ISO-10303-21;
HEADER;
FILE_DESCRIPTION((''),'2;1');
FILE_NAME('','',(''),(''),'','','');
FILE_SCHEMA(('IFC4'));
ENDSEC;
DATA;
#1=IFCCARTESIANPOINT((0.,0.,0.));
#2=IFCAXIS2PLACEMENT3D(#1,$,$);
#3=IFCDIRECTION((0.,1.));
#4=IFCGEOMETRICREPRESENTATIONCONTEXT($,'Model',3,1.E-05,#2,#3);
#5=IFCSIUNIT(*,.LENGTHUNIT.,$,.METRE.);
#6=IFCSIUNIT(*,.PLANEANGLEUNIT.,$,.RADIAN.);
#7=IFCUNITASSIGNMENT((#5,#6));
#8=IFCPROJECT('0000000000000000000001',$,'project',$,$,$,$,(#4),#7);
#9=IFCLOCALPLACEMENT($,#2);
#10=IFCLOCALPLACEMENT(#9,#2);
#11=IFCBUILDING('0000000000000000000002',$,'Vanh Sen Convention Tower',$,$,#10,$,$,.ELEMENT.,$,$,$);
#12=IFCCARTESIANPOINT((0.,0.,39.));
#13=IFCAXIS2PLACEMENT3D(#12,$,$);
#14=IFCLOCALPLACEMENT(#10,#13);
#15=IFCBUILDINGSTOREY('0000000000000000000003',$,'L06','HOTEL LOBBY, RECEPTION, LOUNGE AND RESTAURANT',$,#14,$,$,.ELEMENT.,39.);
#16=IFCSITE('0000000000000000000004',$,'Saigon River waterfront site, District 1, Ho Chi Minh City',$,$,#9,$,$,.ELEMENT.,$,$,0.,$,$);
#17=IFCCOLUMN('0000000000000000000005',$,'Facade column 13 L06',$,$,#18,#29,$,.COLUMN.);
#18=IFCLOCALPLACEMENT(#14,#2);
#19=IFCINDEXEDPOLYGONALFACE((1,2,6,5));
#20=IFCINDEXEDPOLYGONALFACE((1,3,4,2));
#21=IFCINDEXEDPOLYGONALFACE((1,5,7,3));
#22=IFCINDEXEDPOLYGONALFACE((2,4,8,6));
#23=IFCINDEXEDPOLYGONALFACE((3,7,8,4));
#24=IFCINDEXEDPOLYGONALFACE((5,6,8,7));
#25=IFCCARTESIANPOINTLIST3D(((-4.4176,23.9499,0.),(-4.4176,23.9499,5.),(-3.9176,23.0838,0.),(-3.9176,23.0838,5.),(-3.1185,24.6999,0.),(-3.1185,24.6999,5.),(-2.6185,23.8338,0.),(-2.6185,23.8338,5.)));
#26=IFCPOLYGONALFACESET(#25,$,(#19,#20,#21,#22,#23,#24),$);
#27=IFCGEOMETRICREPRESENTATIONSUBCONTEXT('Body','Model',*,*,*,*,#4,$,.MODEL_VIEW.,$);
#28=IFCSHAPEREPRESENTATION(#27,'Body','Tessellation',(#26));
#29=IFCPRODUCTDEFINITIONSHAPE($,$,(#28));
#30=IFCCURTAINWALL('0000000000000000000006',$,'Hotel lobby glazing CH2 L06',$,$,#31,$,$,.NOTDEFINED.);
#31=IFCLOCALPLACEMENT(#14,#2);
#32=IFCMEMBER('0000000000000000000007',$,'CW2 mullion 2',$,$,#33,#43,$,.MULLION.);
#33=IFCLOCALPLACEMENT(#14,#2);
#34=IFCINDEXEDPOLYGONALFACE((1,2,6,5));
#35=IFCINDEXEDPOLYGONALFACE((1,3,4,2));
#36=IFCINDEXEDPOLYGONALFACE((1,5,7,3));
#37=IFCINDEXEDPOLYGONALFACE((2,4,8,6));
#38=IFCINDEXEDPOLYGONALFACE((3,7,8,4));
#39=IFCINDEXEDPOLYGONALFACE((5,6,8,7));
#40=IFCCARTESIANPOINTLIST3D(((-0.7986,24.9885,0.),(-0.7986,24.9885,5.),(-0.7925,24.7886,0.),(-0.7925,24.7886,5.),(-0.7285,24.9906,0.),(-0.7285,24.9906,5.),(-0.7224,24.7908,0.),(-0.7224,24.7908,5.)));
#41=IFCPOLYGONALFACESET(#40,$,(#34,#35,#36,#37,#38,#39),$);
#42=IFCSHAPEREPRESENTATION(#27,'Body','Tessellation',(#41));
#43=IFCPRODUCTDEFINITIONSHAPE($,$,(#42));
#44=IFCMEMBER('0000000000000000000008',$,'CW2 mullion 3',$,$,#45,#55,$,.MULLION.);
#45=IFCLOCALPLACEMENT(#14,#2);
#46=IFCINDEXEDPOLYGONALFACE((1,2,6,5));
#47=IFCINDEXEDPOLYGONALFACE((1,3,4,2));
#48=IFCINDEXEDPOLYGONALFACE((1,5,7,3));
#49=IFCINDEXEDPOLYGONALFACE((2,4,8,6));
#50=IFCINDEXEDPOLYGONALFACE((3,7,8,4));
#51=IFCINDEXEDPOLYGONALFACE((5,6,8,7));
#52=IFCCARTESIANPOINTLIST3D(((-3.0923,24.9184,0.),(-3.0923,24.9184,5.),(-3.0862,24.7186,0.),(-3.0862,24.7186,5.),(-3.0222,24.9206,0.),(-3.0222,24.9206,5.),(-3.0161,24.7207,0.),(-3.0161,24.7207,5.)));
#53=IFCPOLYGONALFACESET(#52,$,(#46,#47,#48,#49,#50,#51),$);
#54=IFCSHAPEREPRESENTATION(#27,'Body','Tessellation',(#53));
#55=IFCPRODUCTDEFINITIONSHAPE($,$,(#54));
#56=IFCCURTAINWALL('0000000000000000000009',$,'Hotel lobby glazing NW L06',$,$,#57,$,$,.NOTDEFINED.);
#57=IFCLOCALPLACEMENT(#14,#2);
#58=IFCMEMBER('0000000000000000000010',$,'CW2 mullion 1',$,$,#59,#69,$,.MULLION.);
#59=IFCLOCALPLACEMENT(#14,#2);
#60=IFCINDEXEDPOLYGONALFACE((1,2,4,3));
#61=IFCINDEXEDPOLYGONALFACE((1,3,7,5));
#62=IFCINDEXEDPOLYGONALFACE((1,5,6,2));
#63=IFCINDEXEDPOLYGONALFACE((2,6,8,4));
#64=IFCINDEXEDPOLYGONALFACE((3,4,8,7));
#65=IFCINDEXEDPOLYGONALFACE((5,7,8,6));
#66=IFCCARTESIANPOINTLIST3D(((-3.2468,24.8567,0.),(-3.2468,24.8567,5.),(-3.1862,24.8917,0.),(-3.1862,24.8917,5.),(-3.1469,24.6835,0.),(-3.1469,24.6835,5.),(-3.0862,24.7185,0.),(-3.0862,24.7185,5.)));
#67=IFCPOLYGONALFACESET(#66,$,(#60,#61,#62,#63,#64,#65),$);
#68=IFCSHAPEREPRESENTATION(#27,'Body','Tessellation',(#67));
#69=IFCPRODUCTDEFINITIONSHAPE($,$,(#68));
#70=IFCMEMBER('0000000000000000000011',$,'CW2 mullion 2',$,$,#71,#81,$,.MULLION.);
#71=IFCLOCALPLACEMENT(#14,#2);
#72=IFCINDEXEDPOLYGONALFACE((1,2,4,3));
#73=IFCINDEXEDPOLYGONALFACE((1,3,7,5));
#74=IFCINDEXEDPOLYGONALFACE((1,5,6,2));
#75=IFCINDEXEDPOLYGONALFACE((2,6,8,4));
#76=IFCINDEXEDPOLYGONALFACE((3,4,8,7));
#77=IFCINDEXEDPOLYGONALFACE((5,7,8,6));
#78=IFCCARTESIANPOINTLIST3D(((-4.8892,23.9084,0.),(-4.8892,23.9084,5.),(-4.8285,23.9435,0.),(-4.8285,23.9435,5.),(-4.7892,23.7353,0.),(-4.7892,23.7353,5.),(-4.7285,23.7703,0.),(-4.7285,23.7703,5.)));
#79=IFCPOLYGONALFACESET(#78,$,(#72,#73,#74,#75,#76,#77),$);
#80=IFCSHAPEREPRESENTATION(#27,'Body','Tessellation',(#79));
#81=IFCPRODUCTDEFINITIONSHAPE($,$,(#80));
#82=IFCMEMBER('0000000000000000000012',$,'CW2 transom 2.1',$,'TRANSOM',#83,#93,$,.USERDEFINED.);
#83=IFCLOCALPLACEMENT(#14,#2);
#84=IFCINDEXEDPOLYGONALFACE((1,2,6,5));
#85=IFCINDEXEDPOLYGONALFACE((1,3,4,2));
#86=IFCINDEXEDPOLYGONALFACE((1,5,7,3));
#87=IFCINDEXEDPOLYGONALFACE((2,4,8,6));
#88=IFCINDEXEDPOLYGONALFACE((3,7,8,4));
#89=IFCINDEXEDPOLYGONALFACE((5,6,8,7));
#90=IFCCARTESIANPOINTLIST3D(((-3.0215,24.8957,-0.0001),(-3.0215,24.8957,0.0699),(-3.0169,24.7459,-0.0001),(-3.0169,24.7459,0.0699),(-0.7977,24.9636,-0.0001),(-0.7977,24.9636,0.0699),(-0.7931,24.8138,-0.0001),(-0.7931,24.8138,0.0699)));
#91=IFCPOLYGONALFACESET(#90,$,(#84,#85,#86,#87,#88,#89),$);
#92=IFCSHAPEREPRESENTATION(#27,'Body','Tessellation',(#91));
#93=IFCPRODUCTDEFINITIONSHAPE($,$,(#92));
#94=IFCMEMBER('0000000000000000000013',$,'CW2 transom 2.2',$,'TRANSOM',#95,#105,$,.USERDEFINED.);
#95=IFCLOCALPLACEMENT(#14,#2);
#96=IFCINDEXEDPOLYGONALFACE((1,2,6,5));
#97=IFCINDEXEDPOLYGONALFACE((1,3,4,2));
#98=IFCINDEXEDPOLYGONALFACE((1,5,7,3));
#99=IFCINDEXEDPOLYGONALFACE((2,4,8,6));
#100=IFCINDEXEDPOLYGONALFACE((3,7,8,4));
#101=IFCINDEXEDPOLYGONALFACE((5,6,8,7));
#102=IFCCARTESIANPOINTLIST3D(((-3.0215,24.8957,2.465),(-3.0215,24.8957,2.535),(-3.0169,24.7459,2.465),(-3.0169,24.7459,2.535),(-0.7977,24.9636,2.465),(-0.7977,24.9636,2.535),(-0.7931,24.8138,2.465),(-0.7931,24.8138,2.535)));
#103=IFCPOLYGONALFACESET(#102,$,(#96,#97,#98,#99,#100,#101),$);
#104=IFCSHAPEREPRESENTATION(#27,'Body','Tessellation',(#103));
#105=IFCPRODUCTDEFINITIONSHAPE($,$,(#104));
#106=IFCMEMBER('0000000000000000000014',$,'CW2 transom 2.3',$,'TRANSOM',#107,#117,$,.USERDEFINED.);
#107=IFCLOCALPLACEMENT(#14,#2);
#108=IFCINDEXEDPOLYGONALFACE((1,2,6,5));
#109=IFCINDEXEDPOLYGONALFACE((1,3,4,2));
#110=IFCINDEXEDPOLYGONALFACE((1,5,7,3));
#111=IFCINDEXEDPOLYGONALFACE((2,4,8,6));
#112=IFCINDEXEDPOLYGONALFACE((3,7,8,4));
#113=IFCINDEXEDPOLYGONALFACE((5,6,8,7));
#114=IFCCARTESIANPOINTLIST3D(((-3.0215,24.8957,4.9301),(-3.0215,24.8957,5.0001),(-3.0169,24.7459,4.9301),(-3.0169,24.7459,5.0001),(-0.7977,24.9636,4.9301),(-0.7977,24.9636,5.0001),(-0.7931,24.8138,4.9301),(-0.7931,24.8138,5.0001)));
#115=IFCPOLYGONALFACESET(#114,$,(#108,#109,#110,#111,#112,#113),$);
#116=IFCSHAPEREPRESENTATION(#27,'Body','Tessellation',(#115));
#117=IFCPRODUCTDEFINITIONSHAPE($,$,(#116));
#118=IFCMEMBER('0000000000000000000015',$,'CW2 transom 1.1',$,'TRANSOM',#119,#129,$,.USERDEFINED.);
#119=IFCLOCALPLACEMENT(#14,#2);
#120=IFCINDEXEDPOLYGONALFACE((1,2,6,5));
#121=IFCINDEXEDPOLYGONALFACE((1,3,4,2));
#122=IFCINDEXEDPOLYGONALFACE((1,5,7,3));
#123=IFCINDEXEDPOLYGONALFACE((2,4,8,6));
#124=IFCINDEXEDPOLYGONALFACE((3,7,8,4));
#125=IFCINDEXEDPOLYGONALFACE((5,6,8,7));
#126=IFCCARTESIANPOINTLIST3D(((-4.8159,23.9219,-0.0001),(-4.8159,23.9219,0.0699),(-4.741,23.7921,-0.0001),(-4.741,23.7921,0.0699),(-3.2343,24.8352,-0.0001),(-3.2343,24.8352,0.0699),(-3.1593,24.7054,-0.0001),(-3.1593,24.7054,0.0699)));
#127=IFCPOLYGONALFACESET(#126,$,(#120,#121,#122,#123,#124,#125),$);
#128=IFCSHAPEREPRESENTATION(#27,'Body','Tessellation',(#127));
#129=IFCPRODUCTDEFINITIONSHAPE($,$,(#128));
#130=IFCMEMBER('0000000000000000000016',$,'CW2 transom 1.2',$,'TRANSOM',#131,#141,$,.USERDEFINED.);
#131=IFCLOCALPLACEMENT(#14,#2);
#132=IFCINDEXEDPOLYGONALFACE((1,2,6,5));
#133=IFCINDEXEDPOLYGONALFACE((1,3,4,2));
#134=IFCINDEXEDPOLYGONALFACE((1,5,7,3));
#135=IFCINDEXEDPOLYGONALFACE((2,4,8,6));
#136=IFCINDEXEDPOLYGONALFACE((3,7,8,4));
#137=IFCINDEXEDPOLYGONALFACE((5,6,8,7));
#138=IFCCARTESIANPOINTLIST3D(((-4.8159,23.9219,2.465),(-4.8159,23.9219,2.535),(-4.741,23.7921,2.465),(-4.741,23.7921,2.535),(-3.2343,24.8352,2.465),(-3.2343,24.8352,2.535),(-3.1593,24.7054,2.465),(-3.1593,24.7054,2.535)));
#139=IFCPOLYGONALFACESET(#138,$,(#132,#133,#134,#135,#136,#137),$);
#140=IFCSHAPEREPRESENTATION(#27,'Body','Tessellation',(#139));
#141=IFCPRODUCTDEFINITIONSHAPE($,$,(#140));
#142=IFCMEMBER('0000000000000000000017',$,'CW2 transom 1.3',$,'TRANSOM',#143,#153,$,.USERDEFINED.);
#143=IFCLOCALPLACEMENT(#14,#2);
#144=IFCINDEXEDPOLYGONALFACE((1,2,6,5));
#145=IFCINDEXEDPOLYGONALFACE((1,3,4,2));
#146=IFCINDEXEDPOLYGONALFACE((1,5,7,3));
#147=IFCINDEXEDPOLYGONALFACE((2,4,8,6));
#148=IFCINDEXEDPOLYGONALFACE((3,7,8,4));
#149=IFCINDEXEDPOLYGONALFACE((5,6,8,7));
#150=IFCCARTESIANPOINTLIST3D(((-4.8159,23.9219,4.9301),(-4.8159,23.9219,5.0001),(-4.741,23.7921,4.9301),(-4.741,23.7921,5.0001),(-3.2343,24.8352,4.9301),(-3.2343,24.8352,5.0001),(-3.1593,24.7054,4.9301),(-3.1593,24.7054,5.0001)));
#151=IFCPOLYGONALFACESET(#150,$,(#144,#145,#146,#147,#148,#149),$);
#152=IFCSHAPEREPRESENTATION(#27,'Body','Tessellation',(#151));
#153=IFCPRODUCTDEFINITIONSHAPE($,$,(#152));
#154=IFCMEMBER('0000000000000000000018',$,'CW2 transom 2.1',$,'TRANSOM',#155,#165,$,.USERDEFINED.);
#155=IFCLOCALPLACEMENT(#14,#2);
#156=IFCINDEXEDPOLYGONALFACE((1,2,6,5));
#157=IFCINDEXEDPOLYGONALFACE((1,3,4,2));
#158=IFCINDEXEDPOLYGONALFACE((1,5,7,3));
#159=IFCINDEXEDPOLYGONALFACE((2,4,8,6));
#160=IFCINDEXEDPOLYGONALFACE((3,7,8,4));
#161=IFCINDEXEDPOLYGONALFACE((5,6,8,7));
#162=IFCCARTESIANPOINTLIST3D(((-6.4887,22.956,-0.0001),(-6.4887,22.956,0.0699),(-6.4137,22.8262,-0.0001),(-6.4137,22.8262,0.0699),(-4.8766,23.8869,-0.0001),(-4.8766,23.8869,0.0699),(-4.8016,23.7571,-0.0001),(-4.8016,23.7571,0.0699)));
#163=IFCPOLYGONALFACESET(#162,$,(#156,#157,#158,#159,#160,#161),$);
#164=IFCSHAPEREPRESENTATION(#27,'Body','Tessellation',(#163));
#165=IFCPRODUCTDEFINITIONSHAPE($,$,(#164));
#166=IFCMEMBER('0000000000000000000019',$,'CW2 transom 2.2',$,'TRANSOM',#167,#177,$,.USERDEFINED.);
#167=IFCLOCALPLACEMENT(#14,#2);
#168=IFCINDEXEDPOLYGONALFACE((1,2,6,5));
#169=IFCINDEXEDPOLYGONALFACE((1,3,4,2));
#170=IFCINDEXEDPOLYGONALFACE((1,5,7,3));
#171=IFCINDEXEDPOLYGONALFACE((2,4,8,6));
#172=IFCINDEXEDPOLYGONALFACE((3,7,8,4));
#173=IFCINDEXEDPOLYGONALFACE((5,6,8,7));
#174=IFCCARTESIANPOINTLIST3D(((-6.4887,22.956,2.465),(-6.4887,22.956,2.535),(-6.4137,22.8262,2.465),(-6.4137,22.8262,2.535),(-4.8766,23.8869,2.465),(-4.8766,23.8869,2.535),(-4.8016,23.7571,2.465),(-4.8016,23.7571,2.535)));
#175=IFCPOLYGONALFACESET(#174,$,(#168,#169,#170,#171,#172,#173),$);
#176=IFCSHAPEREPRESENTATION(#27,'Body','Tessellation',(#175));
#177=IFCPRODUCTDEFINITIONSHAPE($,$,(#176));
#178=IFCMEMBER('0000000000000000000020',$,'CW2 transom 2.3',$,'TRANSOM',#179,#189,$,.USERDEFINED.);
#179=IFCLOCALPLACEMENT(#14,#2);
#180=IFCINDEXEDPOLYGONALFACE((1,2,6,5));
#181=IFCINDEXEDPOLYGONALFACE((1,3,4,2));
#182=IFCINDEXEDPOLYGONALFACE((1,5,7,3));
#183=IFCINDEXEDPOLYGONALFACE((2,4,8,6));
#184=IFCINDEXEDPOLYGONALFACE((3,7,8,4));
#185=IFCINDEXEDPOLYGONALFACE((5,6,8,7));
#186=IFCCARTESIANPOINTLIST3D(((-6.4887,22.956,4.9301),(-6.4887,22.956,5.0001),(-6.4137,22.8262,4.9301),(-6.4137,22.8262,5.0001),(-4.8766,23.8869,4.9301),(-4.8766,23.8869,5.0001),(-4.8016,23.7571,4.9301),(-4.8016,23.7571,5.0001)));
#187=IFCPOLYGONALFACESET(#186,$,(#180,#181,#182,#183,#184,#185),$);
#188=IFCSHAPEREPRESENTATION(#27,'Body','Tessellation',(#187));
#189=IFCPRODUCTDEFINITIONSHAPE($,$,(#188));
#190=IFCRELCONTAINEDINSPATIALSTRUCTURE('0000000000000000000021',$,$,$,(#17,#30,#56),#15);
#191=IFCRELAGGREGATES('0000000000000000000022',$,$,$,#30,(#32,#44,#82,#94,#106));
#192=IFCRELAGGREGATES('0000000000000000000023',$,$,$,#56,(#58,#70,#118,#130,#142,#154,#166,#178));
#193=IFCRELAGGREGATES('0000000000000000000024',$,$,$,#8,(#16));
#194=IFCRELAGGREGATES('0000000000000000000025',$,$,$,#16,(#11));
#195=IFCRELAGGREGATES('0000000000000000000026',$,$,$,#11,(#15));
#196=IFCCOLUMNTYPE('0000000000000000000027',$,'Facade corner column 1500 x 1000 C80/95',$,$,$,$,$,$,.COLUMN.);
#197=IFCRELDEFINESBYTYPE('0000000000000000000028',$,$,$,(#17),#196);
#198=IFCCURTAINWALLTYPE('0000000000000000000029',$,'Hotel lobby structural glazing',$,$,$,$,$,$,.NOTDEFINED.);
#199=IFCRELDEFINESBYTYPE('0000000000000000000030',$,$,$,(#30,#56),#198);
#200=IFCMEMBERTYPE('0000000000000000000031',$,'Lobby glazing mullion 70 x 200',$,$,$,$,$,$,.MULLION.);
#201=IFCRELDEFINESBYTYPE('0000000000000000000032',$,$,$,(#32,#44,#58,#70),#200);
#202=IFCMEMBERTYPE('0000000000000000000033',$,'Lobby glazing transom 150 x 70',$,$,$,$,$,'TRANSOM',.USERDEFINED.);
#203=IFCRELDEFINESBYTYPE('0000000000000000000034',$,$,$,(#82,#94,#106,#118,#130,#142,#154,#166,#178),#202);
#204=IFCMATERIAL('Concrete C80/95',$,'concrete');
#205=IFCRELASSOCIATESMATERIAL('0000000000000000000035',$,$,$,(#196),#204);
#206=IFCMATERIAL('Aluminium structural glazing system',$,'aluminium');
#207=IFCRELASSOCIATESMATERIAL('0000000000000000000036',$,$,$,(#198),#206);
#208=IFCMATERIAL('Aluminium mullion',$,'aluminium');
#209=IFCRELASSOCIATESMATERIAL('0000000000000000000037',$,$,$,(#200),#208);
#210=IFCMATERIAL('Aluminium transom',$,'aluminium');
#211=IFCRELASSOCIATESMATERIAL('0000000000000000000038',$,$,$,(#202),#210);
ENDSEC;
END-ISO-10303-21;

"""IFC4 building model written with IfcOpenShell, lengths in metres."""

from ifc_helpers import new_model, si_unit, direction, frame, origin, origin_2d, place, context, subcontext, project, spatial, rectangle, extrude, material, material_profile, profile_set, type_object, element, aggregate, save


model = new_model("IFC4")

# Units and contexts
model_context = context("Model", 3, precision=1e-05, world=origin(), true_north=direction((0.0, 1.0)))
body_context = subcontext(model_context, "Body", "Model", "MODEL_VIEW")
ifc_project = project(units=[si_unit("LENGTHUNIT", "METRE"), si_unit("PLANEANGLEUNIT", "RADIAN")], contexts=[model_context])

# Site, building, storey
site_placement = place(None, origin())
site = spatial("IfcSite", under=ifc_project, at=site_placement, Name="Saigon River waterfront site, District 1, Ho Chi Minh City", CompositionType="ELEMENT", RefElevation=0.0)
building_placement = place(site_placement, origin())
building = spatial("IfcBuilding", under=site, at=building_placement, Name="Vanh Sen Convention Tower", CompositionType="ELEMENT")
storey_placement = place(building_placement, frame((0.0, 0.0, 39.0)))
storey = spatial("IfcBuildingStorey", under=building, at=storey_placement, Name="L06", Description="HOTEL LOBBY, RECEPTION, LOUNGE AND RESTAURANT", CompositionType="ELEMENT", Elevation=39.0)

# Column
ifc_material_1 = material(Name="Concrete C80/95", Category="concrete")
ifc_material_profile_1 = material_profile(ifc_material_1, rectangle(XDim=1.5, YDim=1.0, at=origin_2d()), Name="RC 1500X1000")
ifc_profile_set_1 = profile_set([ifc_material_profile_1], Name="Concrete C80/95")
column_type = type_object("IfcColumnType", Name="Facade corner column 1500 x 1000 C80/95", PredefinedType="COLUMN", material=ifc_profile_set_1)
column_placement = place(storey_placement, frame((-3.5181, 23.8918, 0.0), z_axis=(0.0, 0.0, 1.0), x_axis=(-0.866025, -0.5, 0.0)))
element("IfcColumn", 1, at=column_placement, inside=storey, type_object=column_type, Name="Facade column 13 L06", PredefinedType="COLUMN", context=body_context, shape_type="SweptSolid", body=[
    extrude(rectangle(XDim=1.5, YDim=1.0, at=origin_2d()), origin(), (0.0, 0.0, 1.0), 5.0),
])

# Curtain walls, members
ifc_material_2 = material(Name="Aluminium structural glazing system", Category="aluminium")
curtain_wall_type_1 = type_object("IfcCurtainWallType", Name="Hotel lobby structural glazing", PredefinedType="NOTDEFINED", material=ifc_material_2)
curtain_wall_1_placement = place(storey_placement, origin())
curtain_wall_1 = element("IfcCurtainWall", 2, at=curtain_wall_1_placement, inside=storey, type_object=curtain_wall_type_1, Name="Hotel lobby glazing CH2 L06", PredefinedType="NOTDEFINED")
ifc_material_3 = material(Name="Aluminium mullion", Category="aluminium")
ifc_material_profile_2 = material_profile(ifc_material_3, rectangle(XDim=0.2, YDim=0.0701, at=origin_2d()), Name="Lobby glazing mullion 70 x 200")
ifc_profile_set_2 = profile_set([ifc_material_profile_2], Name="Aluminium mullion")
member_type_1 = type_object("IfcMemberType", Name="Lobby glazing mullion 70 x 200", PredefinedType="MULLION", material=ifc_profile_set_2)
member_1_placement = place(storey_placement, frame((-0.7605, 24.8896, 0.0), z_axis=(0.0, 0.0, 1.0), x_axis=(0.030539, -0.999534, 0.0)))
member_1 = element("IfcMember", 3, at=member_1_placement, type_object=member_type_1, Name="CW2 mullion 2", PredefinedType="MULLION", context=body_context, shape_type="SweptSolid", body=[
    extrude(rectangle(XDim=0.2, YDim=0.0701, at=origin_2d()), origin(), (0.0, 0.0, 1.0), 5.0),
])
member_2_placement = place(storey_placement, frame((-3.0542, 24.8196, 0.0), z_axis=(0.0, 0.0, 1.0), x_axis=(0.030539, -0.999534, 0.0)))
member_2 = element("IfcMember", 4, at=member_2_placement, type_object=member_type_1, Name="CW2 mullion 3", PredefinedType="MULLION", context=body_context, shape_type="SweptSolid", body=[
    extrude(rectangle(XDim=0.2, YDim=0.0701, at=origin_2d()), origin(), (0.0, 0.0, 1.0), 5.0),
])
curtain_wall_2_placement = place(storey_placement, origin())
curtain_wall_2 = element("IfcCurtainWall", 5, at=curtain_wall_2_placement, inside=storey, type_object=curtain_wall_type_1, Name="Hotel lobby glazing NW L06", PredefinedType="NOTDEFINED")
member_3_placement = place(storey_placement, frame((-3.1665, 24.7876, 0.0), z_axis=(0.0, 0.0, 1.0), x_axis=(0.500001, -0.866025, 0.0)))
member_3 = element("IfcMember", 6, at=member_3_placement, type_object=member_type_1, Name="CW2 mullion 1", PredefinedType="MULLION", context=body_context, shape_type="SweptSolid", body=[
    extrude(rectangle(XDim=0.2, YDim=0.0701, at=origin_2d()), origin(), (0.0, 0.0, 1.0), 5.0),
])
member_4_placement = place(storey_placement, frame((-4.8088, 23.8394, 0.0), z_axis=(0.0, 0.0, 1.0), x_axis=(0.500001, -0.866025, 0.0)))
member_4 = element("IfcMember", 7, at=member_4_placement, type_object=member_type_1, Name="CW2 mullion 2", PredefinedType="MULLION", context=body_context, shape_type="SweptSolid", body=[
    extrude(rectangle(XDim=0.2, YDim=0.0701, at=origin_2d()), origin(), (0.0, 0.0, 1.0), 5.0),
])

# Members
ifc_material_4 = material(Name="Aluminium transom", Category="aluminium")
ifc_material_profile_3 = material_profile(ifc_material_4, rectangle(XDim=0.1499, YDim=0.0701, at=origin_2d()), Name="Lobby glazing transom 150 x 70")
ifc_profile_set_3 = profile_set([ifc_material_profile_3], Name="Aluminium transom")
member_type_2 = type_object("IfcMemberType", Name="Lobby glazing transom 150 x 70", ElementType="TRANSOM", PredefinedType="USERDEFINED", material=ifc_profile_set_3)
member_5_placement = place(storey_placement, frame((-0.7954, 24.8887, 0.0349), z_axis=(-0.999535, -0.030505, 0.0), x_axis=(0.030505, -0.999535, 0.0)))
member_5 = element("IfcMember", 8, at=member_5_placement, type_object=member_type_2, Name="CW2 transom 2.1", ObjectType="TRANSOM", PredefinedType="USERDEFINED", context=body_context, shape_type="SweptSolid", body=[
    extrude(rectangle(XDim=0.1499, YDim=0.0701, at=origin_2d()), origin(), (0.0, 0.0, 1.0), 2.2249),
])
member_6_placement = place(storey_placement, frame((-0.7954, 24.8887, 2.5), z_axis=(-0.999535, -0.030505, 0.0), x_axis=(0.030505, -0.999535, 0.0)))
member_6 = element("IfcMember", 9, at=member_6_placement, type_object=member_type_2, Name="CW2 transom 2.2", ObjectType="TRANSOM", PredefinedType="USERDEFINED", context=body_context, shape_type="SweptSolid", body=[
    extrude(rectangle(XDim=0.1499, YDim=0.0701, at=origin_2d()), origin(), (0.0, 0.0, 1.0), 2.2249),
])
member_7_placement = place(storey_placement, frame((-0.7954, 24.8887, 4.9651), z_axis=(-0.999535, -0.030505, 0.0), x_axis=(0.030505, -0.999535, 0.0)))
member_7 = element("IfcMember", 10, at=member_7_placement, type_object=member_type_2, Name="CW2 transom 2.3", ObjectType="TRANSOM", PredefinedType="USERDEFINED", context=body_context, shape_type="SweptSolid", body=[
    extrude(rectangle(XDim=0.1499, YDim=0.0701, at=origin_2d()), origin(), (0.0, 0.0, 1.0), 2.2249),
])
member_8_placement = place(storey_placement, frame((-3.1968, 24.7703, 0.0349), z_axis=(-0.866005, -0.500035, 0.0), x_axis=(0.500035, -0.866005, 0.0)))
member_8 = element("IfcMember", 11, at=member_8_placement, type_object=member_type_2, Name="CW2 transom 1.1", ObjectType="TRANSOM", PredefinedType="USERDEFINED", context=body_context, shape_type="SweptSolid", body=[
    extrude(rectangle(XDim=0.1499, YDim=0.0701, at=origin_2d()), origin(), (0.0, 0.0, 1.0), 1.8264),
])
member_9_placement = place(storey_placement, frame((-3.1968, 24.7703, 2.5), z_axis=(-0.866005, -0.500035, 0.0), x_axis=(0.500035, -0.866005, 0.0)))
member_9 = element("IfcMember", 12, at=member_9_placement, type_object=member_type_2, Name="CW2 transom 1.2", ObjectType="TRANSOM", PredefinedType="USERDEFINED", context=body_context, shape_type="SweptSolid", body=[
    extrude(rectangle(XDim=0.1499, YDim=0.0701, at=origin_2d()), origin(), (0.0, 0.0, 1.0), 1.8264),
])
member_10_placement = place(storey_placement, frame((-3.1968, 24.7703, 4.9651), z_axis=(-0.866005, -0.500035, 0.0), x_axis=(0.500035, -0.866005, 0.0)))
member_10 = element("IfcMember", 13, at=member_10_placement, type_object=member_type_2, Name="CW2 transom 1.3", ObjectType="TRANSOM", PredefinedType="USERDEFINED", context=body_context, shape_type="SweptSolid", body=[
    extrude(rectangle(XDim=0.1499, YDim=0.0701, at=origin_2d()), origin(), (0.0, 0.0, 1.0), 1.8264),
])
member_11_placement = place(storey_placement, frame((-4.8391, 23.822, 0.0349), z_axis=(-0.865982, -0.500074, 0.0), x_axis=(0.500074, -0.865982, 0.0)))
member_11 = element("IfcMember", 14, at=member_11_placement, type_object=member_type_2, Name="CW2 transom 2.1", ObjectType="TRANSOM", PredefinedType="USERDEFINED", context=body_context, shape_type="SweptSolid", body=[
    extrude(rectangle(XDim=0.1499, YDim=0.0701, at=origin_2d()), origin(), (0.0, 0.0, 1.0), 1.8616),
])
member_12_placement = place(storey_placement, frame((-4.8391, 23.822, 2.5), z_axis=(-0.865982, -0.500074, 0.0), x_axis=(0.500074, -0.865982, 0.0)))
member_12 = element("IfcMember", 15, at=member_12_placement, type_object=member_type_2, Name="CW2 transom 2.2", ObjectType="TRANSOM", PredefinedType="USERDEFINED", context=body_context, shape_type="SweptSolid", body=[
    extrude(rectangle(XDim=0.1499, YDim=0.0701, at=origin_2d()), origin(), (0.0, 0.0, 1.0), 1.8616),
])
member_13_placement = place(storey_placement, frame((-4.8391, 23.822, 4.9651), z_axis=(-0.865982, -0.500074, 0.0), x_axis=(0.500074, -0.865982, 0.0)))
member_13 = element("IfcMember", 16, at=member_13_placement, type_object=member_type_2, Name="CW2 transom 2.3", ObjectType="TRANSOM", PredefinedType="USERDEFINED", context=body_context, shape_type="SweptSolid", body=[
    extrude(rectangle(XDim=0.1499, YDim=0.0701, at=origin_2d()), origin(), (0.0, 0.0, 1.0), 1.8616),
])

aggregate(curtain_wall_1, [member_1, member_2, member_5, member_6, member_7])
aggregate(curtain_wall_2, [member_3, member_4, member_8, member_9, member_10, member_11, member_12, member_13])

save(model, "model.ifc")
